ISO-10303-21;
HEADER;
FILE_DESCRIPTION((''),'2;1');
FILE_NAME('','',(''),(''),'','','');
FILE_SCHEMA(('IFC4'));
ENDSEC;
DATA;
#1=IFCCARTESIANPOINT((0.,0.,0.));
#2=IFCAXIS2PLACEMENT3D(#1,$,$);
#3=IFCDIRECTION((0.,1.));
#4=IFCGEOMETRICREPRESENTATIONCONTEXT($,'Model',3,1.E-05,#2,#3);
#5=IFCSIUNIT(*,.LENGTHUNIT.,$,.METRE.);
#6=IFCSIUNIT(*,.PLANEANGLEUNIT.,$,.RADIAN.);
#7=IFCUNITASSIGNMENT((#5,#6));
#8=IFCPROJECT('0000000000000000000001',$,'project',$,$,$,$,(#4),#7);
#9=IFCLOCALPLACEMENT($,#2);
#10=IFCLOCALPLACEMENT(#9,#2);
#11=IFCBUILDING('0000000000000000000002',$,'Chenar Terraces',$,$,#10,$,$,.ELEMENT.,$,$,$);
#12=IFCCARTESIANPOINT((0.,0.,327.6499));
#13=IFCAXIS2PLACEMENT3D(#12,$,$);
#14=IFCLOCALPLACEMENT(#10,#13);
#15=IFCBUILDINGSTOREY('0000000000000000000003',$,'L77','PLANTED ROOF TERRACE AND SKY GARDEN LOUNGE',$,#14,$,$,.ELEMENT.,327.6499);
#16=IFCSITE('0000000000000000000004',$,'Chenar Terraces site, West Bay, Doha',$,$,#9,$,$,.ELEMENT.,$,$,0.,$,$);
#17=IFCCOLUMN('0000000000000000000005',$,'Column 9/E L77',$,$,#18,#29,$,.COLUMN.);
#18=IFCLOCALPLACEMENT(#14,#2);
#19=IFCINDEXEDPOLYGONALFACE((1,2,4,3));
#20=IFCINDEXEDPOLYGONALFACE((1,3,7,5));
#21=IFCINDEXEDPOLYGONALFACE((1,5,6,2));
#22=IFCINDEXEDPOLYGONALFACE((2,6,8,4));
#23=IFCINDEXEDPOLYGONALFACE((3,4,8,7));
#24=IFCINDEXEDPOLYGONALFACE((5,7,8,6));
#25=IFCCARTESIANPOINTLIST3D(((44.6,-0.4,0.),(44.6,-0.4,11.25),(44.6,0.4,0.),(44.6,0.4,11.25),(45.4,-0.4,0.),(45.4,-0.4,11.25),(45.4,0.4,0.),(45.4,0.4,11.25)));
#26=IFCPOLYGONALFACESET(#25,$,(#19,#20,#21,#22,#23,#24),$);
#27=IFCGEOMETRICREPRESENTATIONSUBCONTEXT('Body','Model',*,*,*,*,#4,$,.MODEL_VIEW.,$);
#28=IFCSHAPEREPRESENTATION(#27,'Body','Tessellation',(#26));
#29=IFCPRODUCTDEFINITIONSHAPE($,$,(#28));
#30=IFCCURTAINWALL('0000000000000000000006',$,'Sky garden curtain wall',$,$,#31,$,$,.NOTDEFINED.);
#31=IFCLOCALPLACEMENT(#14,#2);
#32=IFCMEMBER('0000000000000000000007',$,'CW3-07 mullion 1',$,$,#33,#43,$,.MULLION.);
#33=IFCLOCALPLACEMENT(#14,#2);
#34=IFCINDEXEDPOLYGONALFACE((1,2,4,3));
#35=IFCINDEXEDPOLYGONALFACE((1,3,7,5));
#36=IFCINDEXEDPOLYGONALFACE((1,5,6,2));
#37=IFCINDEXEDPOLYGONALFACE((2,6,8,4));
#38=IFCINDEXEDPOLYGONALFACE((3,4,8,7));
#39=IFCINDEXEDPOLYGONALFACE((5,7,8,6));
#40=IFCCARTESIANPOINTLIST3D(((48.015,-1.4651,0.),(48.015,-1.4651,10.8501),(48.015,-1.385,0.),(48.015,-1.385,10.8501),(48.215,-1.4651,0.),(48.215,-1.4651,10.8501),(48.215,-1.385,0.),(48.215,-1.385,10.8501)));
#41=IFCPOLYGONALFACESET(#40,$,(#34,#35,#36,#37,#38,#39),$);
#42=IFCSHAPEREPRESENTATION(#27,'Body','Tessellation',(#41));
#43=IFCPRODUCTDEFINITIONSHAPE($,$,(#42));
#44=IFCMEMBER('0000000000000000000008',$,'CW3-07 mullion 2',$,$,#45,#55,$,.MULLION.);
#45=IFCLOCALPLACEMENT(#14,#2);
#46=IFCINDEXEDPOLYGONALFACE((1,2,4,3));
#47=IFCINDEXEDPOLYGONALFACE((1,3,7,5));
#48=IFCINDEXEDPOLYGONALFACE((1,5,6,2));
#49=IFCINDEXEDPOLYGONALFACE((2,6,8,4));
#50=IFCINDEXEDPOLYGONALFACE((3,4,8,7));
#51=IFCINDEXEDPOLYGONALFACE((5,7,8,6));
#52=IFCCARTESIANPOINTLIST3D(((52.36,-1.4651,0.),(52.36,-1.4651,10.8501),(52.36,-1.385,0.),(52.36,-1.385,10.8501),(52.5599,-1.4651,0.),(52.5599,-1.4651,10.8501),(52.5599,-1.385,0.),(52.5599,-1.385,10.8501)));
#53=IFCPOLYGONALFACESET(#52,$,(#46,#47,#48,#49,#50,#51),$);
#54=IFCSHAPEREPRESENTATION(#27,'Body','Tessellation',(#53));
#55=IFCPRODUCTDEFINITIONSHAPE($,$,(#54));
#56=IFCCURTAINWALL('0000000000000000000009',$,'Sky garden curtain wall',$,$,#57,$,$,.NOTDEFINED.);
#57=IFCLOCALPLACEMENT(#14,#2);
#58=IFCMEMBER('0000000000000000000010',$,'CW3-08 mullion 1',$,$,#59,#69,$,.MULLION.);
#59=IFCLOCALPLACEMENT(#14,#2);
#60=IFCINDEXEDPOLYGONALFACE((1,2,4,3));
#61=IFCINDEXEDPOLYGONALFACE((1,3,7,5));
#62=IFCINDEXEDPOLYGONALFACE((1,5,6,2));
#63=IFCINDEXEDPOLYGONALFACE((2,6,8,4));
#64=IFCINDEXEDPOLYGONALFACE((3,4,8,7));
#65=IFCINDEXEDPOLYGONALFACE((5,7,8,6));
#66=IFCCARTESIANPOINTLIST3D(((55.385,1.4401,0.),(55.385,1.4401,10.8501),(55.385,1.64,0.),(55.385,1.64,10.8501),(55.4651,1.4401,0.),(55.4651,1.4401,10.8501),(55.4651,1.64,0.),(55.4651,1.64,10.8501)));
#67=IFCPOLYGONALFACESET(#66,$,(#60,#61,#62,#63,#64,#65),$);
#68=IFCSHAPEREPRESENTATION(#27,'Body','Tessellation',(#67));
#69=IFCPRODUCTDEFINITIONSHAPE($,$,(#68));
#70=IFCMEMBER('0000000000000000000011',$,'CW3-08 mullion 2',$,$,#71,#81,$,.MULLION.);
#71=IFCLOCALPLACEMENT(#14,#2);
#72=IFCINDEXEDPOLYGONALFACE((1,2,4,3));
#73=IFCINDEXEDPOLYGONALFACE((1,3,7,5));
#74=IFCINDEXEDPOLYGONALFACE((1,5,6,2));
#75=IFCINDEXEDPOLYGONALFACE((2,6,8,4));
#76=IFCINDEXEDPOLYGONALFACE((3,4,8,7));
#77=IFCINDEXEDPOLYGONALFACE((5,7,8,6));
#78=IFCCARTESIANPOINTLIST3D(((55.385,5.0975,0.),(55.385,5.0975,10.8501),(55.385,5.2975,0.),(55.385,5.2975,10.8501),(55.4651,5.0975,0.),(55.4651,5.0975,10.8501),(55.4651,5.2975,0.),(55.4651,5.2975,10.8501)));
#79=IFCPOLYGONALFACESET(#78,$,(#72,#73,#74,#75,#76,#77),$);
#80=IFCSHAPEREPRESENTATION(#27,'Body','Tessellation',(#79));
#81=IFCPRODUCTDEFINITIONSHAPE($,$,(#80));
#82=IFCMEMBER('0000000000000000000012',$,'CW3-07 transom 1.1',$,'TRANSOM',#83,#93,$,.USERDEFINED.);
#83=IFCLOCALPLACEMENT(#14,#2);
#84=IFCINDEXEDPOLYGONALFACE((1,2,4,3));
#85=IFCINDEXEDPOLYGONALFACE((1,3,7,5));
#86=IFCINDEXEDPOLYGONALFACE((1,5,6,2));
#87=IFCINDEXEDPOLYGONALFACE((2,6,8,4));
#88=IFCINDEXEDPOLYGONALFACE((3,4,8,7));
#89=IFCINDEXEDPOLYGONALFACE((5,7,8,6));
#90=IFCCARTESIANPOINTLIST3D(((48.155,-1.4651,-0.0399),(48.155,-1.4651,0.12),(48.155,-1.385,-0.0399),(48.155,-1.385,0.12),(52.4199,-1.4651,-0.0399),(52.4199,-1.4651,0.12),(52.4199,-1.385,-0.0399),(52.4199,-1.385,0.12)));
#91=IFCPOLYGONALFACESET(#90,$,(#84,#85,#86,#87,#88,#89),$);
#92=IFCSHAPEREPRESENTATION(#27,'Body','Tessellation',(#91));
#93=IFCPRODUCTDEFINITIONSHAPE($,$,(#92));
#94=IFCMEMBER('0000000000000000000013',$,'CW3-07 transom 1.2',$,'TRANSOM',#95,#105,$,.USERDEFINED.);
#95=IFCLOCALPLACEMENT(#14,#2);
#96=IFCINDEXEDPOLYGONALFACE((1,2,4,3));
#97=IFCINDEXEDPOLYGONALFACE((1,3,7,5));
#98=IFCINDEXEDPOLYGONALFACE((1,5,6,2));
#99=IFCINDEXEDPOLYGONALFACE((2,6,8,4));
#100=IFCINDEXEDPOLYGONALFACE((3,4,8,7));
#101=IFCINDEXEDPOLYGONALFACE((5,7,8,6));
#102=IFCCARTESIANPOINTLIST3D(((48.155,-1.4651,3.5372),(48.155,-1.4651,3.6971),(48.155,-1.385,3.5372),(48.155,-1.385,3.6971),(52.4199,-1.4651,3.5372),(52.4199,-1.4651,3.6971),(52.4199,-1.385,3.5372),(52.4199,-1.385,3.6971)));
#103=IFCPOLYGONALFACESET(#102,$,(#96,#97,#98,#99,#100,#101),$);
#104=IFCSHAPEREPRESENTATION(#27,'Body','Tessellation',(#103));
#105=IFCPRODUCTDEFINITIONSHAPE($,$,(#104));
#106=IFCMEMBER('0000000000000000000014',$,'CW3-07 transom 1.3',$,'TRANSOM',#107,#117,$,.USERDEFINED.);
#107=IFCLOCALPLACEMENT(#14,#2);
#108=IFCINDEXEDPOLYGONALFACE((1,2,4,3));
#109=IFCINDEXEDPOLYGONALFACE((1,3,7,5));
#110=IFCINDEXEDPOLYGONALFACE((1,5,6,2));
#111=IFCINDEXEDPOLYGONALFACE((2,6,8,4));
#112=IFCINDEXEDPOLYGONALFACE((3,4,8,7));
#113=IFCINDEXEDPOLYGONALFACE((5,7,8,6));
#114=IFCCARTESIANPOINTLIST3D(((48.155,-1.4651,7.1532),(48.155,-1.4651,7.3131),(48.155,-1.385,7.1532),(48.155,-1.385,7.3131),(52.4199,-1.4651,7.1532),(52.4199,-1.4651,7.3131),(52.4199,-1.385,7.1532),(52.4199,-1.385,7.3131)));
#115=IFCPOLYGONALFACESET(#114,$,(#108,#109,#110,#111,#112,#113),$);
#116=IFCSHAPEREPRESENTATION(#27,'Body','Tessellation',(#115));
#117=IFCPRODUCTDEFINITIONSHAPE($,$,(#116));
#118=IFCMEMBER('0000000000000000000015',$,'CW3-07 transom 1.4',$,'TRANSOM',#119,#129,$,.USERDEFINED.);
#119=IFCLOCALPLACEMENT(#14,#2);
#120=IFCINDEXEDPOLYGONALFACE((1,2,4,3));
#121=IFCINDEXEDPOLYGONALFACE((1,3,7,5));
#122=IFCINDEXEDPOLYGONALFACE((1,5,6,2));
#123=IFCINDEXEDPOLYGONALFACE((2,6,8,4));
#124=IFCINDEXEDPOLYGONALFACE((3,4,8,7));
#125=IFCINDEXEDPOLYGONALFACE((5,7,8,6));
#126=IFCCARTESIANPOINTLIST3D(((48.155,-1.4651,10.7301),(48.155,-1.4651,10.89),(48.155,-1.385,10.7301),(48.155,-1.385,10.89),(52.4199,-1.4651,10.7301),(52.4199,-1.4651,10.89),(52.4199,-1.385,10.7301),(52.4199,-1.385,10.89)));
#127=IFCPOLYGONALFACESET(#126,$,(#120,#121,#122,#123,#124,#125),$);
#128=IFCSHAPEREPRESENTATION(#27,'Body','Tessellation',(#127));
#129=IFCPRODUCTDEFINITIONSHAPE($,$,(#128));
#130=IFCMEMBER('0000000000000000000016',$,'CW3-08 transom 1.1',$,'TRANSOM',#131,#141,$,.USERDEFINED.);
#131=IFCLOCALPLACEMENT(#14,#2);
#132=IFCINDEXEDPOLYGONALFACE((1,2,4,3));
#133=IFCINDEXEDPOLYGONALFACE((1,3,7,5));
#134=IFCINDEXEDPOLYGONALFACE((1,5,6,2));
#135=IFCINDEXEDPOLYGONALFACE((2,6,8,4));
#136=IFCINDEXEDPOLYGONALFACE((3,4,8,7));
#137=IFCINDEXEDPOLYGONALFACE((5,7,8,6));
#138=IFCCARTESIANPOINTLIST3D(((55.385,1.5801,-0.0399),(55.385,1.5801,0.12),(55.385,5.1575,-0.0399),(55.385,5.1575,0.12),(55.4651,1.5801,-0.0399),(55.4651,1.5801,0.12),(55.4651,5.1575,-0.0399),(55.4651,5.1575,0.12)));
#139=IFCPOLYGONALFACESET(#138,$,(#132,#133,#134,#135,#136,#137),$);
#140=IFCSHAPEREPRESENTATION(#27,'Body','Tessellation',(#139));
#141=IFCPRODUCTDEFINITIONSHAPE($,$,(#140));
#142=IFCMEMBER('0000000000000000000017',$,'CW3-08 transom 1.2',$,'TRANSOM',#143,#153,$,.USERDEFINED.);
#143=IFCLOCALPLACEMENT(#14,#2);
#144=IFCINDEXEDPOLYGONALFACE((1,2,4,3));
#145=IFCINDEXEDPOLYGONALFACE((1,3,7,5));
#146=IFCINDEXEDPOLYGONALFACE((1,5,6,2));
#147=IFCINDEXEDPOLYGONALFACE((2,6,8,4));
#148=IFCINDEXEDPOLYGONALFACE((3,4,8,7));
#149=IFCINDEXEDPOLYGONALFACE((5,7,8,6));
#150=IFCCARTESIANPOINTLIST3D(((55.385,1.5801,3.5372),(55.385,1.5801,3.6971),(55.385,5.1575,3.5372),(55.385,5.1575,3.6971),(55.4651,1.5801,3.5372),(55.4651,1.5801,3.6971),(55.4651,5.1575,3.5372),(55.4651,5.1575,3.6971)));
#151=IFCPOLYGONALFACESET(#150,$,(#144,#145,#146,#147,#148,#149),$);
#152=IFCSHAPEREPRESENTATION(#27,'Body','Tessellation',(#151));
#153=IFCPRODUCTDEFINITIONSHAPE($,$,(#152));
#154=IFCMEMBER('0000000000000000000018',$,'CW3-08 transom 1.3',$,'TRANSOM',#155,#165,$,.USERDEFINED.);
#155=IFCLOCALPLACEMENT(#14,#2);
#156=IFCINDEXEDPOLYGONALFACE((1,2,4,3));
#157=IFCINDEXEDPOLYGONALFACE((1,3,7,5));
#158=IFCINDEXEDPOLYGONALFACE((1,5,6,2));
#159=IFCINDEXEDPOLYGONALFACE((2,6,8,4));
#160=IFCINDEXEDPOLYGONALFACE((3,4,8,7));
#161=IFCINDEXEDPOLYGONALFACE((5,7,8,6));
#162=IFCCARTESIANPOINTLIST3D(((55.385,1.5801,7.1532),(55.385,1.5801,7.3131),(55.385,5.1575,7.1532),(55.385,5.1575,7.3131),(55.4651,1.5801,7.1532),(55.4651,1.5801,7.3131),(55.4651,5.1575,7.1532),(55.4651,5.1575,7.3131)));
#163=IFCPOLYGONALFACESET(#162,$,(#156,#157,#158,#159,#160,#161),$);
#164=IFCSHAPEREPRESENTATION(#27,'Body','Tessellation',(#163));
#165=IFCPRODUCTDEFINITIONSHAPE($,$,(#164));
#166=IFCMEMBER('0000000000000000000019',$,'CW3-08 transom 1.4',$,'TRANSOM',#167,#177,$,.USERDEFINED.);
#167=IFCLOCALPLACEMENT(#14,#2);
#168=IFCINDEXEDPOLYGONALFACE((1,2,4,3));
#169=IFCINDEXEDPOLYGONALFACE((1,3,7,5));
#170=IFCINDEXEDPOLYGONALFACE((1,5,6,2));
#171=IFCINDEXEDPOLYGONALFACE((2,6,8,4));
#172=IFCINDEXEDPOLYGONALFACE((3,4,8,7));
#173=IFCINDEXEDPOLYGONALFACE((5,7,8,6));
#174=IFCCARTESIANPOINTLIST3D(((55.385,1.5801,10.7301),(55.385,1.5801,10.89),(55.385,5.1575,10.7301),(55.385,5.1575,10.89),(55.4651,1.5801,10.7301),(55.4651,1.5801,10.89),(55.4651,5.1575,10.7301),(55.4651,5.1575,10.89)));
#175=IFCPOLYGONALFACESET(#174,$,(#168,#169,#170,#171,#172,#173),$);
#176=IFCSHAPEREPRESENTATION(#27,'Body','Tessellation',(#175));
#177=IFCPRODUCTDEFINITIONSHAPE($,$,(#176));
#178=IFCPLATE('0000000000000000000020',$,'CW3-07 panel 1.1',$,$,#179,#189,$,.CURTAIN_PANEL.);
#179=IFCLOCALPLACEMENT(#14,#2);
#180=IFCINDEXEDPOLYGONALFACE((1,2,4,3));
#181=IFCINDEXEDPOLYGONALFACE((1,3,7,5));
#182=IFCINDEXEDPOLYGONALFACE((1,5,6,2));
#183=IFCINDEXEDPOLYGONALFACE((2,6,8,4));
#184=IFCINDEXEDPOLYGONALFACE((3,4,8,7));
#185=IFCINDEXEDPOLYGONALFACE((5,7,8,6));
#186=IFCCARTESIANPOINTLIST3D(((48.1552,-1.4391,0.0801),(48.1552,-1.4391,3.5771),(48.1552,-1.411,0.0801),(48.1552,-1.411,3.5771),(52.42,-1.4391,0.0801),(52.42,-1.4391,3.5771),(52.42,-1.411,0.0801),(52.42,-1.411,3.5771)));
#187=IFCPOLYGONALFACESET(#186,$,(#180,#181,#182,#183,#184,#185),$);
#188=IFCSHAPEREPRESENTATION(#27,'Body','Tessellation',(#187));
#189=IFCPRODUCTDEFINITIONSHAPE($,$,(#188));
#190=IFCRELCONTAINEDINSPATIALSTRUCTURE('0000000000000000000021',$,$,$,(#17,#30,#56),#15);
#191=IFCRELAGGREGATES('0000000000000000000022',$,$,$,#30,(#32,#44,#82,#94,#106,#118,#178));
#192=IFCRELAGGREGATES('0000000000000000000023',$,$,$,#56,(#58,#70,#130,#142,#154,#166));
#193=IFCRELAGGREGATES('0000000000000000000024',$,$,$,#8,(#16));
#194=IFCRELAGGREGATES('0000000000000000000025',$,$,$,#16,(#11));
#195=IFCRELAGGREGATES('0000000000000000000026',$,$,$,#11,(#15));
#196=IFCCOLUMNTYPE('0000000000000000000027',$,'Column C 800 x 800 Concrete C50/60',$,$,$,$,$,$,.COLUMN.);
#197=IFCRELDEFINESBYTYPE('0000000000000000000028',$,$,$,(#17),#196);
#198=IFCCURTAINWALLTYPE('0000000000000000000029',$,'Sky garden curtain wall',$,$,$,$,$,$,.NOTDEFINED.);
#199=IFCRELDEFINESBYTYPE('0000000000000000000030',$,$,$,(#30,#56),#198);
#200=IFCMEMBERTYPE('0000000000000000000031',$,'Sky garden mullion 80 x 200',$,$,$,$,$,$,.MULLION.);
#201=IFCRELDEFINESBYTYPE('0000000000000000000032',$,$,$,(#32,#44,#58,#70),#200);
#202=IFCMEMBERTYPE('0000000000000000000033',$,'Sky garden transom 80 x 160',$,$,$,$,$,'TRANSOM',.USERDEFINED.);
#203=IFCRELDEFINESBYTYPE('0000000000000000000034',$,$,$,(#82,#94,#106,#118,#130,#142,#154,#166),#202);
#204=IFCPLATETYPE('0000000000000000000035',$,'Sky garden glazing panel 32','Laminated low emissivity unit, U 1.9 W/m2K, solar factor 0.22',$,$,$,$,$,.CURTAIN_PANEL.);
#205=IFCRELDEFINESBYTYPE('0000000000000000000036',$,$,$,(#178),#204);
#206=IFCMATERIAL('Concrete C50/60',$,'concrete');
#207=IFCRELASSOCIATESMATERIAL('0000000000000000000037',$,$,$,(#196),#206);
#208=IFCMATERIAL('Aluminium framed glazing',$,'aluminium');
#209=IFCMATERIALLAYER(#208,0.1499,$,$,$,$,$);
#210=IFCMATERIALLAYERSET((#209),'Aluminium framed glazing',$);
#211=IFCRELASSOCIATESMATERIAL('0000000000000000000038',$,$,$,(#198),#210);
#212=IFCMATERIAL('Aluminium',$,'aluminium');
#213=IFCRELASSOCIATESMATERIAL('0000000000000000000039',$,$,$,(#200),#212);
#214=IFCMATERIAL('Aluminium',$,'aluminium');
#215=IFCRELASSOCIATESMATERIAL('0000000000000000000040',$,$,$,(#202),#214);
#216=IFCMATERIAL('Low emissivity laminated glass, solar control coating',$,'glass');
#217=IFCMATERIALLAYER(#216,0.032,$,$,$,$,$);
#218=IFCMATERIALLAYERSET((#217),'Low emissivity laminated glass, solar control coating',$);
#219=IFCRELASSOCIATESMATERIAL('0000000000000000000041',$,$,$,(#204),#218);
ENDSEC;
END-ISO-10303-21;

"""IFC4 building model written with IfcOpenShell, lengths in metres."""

from ifc_helpers import new_model, si_unit, direction, frame, origin, origin_2d, place, context, subcontext, project, spatial, rectangle, extrude, material, layer, layer_set, material_profile, profile_set, type_object, element, aggregate, save


model = new_model("IFC4")

# Units and contexts
model_context = context("Model", 3, precision=1e-05, world=origin(), true_north=direction((0.0, 1.0)))
body_context = subcontext(model_context, "Body", "Model", "MODEL_VIEW")
ifc_project = project(units=[si_unit("LENGTHUNIT", "METRE"), si_unit("PLANEANGLEUNIT", "RADIAN")], contexts=[model_context])

# Site, building, storey
site_placement = place(None, origin())
site = spatial("IfcSite", under=ifc_project, at=site_placement, Name="Chenar Terraces site, West Bay, Doha", CompositionType="ELEMENT", RefElevation=0.0)
building_placement = place(site_placement, origin())
building = spatial("IfcBuilding", under=site, at=building_placement, Name="Chenar Terraces", CompositionType="ELEMENT")
storey_placement = place(building_placement, frame((0.0, 0.0, 327.6499)))
storey = spatial("IfcBuildingStorey", under=building, at=storey_placement, Name="L77", Description="PLANTED ROOF TERRACE AND SKY GARDEN LOUNGE", CompositionType="ELEMENT", Elevation=327.6499)

# Column
ifc_material_1 = material(Name="Concrete C50/60", Category="concrete")
ifc_material_profile_1 = material_profile(ifc_material_1, rectangle(XDim=0.8, YDim=0.8, at=origin_2d()), Name="C 800 x 800")
ifc_profile_set_1 = profile_set([ifc_material_profile_1], Name="Concrete C50/60")
column_type = type_object("IfcColumnType", Name="Column C 800 x 800 Concrete C50/60", PredefinedType="COLUMN", material=ifc_profile_set_1)
column_placement = place(storey_placement, frame((45.0, 0.0, 0.0), z_axis=(0.0, 0.0, 1.0), x_axis=(1.0, 0.0, 0.0)))
element("IfcColumn", 1, at=column_placement, inside=storey, type_object=column_type, Name="Column 9/E L77", PredefinedType="COLUMN", context=body_context, shape_type="SweptSolid", body=[
    extrude(rectangle(XDim=0.8, YDim=0.8, at=origin_2d()), origin(), (0.0, 0.0, 1.0), 11.25),
])

# Curtain walls, members
ifc_material_2 = material(Name="Aluminium framed glazing", Category="aluminium")
ifc_layer_1 = layer(ifc_material_2, 0.1499)
ifc_layer_set_1 = layer_set([ifc_layer_1], Name="Aluminium framed glazing")
curtain_wall_type = type_object("IfcCurtainWallType", Name="Sky garden curtain wall", PredefinedType="NOTDEFINED", material=ifc_layer_set_1)
placement = place(storey_placement, origin())
curtain_wall_1 = element("IfcCurtainWall", 2, at=placement, inside=storey, type_object=curtain_wall_type, Name="Sky garden curtain wall", PredefinedType="NOTDEFINED")
ifc_material_3 = material(Name="Aluminium", Category="aluminium")
ifc_material_profile_2 = material_profile(ifc_material_3, rectangle(XDim=0.0801, YDim=0.2, at=origin_2d()), Name="Sky garden mullion 80 x 200")
ifc_profile_set_2 = profile_set([ifc_material_profile_2], Name="Aluminium")
member_type_1 = type_object("IfcMemberType", Name="Sky garden mullion 80 x 200", PredefinedType="MULLION", material=ifc_profile_set_2)
member_1_placement = place(storey_placement, frame((48.115, -1.425, 0.0), z_axis=(0.0, 0.0, 1.0), x_axis=(0.0, 1.0, 0.0)))
member_1 = element("IfcMember", 3, at=member_1_placement, type_object=member_type_1, Name="CW3-07 mullion 1", PredefinedType="MULLION", context=body_context, shape_type="SweptSolid", body=[
    extrude(rectangle(XDim=0.0801, YDim=0.2, at=origin_2d()), origin(), (0.0, 0.0, 1.0), 10.8501),
])
member_2_placement = place(storey_placement, frame((52.46, -1.425, 0.0), z_axis=(0.0, 0.0, 1.0), x_axis=(0.0, 1.0, 0.0)))
member_2 = element("IfcMember", 4, at=member_2_placement, type_object=member_type_1, Name="CW3-07 mullion 2", PredefinedType="MULLION", context=body_context, shape_type="SweptSolid", body=[
    extrude(rectangle(XDim=0.0801, YDim=0.2, at=origin_2d()), origin(), (0.0, 0.0, 1.0), 10.8501),
])
curtain_wall_2 = element("IfcCurtainWall", 5, at=placement, inside=storey, type_object=curtain_wall_type, Name="Sky garden curtain wall", PredefinedType="NOTDEFINED")
member_3_placement = place(storey_placement, frame((55.425, 1.54, 0.0), z_axis=(0.0, 0.0, 1.0), x_axis=(-1.0, 0.0, 0.0)))
member_3 = element("IfcMember", 6, at=member_3_placement, type_object=member_type_1, Name="CW3-08 mullion 1", PredefinedType="MULLION", context=body_context, shape_type="SweptSolid", body=[
    extrude(rectangle(XDim=0.0801, YDim=0.2, at=origin_2d()), origin(), (0.0, 0.0, 1.0), 10.8501),
])
member_4_placement = place(storey_placement, frame((55.425, 5.1975, 0.0), z_axis=(0.0, 0.0, 1.0), x_axis=(-1.0, 0.0, 0.0)))
member_4 = element("IfcMember", 7, at=member_4_placement, type_object=member_type_1, Name="CW3-08 mullion 2", PredefinedType="MULLION", context=body_context, shape_type="SweptSolid", body=[
    extrude(rectangle(XDim=0.0801, YDim=0.2, at=origin_2d()), origin(), (0.0, 0.0, 1.0), 10.8501),
])

# Members
ifc_material_4 = material(Name="Aluminium", Category="aluminium")
ifc_material_profile_3 = material_profile(ifc_material_4, rectangle(XDim=0.0801, YDim=0.1599, at=origin_2d()), Name="Sky garden transom 80 x 160")
ifc_profile_set_3 = profile_set([ifc_material_profile_3], Name="Aluminium")
member_type_2 = type_object("IfcMemberType", Name="Sky garden transom 80 x 160", ElementType="TRANSOM", PredefinedType="USERDEFINED", material=ifc_profile_set_3)
member_5_placement = place(storey_placement, frame((48.155, -1.425, 0.04), z_axis=(1.0, 0.0, 0.0), x_axis=(0.0, 1.0, 0.0)))
member_5 = element("IfcMember", 8, at=member_5_placement, type_object=member_type_2, Name="CW3-07 transom 1.1", ObjectType="TRANSOM", PredefinedType="USERDEFINED", context=body_context, shape_type="SweptSolid", body=[
    extrude(rectangle(XDim=0.0801, YDim=0.1599, at=origin_2d()), origin(), (0.0, 0.0, 1.0), 4.2649),
])
member_6_placement = place(storey_placement, frame((48.155, -1.425, 3.6172), z_axis=(1.0, 0.0, 0.0), x_axis=(0.0, 1.0, 0.0)))
member_6 = element("IfcMember", 9, at=member_6_placement, type_object=member_type_2, Name="CW3-07 transom 1.2", ObjectType="TRANSOM", PredefinedType="USERDEFINED", context=body_context, shape_type="SweptSolid", body=[
    extrude(rectangle(XDim=0.0801, YDim=0.1599, at=origin_2d()), origin(), (0.0, 0.0, 1.0), 4.2649),
])
member_7_placement = place(storey_placement, frame((48.155, -1.425, 7.2332), z_axis=(1.0, 0.0, 0.0), x_axis=(0.0, 1.0, 0.0)))
member_7 = element("IfcMember", 10, at=member_7_placement, type_object=member_type_2, Name="CW3-07 transom 1.3", ObjectType="TRANSOM", PredefinedType="USERDEFINED", context=body_context, shape_type="SweptSolid", body=[
    extrude(rectangle(XDim=0.0801, YDim=0.1599, at=origin_2d()), origin(), (0.0, 0.0, 1.0), 4.2649),
])
member_8_placement = place(storey_placement, frame((48.155, -1.425, 10.8101), z_axis=(1.0, 0.0, 0.0), x_axis=(0.0, 1.0, 0.0)))
member_8 = element("IfcMember", 11, at=member_8_placement, type_object=member_type_2, Name="CW3-07 transom 1.4", ObjectType="TRANSOM", PredefinedType="USERDEFINED", context=body_context, shape_type="SweptSolid", body=[
    extrude(rectangle(XDim=0.0801, YDim=0.1599, at=origin_2d()), origin(), (0.0, 0.0, 1.0), 4.2649),
])
member_9_placement = place(storey_placement, frame((55.425, 1.5801, 0.04), z_axis=(0.0, 1.0, 0.0), x_axis=(-1.0, 0.0, 0.0)))
member_9 = element("IfcMember", 12, at=member_9_placement, type_object=member_type_2, Name="CW3-08 transom 1.1", ObjectType="TRANSOM", PredefinedType="USERDEFINED", context=body_context, shape_type="SweptSolid", body=[
    extrude(rectangle(XDim=0.0801, YDim=0.1599, at=origin_2d()), origin(), (0.0, 0.0, 1.0), 3.5774),
])
member_10_placement = place(storey_placement, frame((55.425, 1.5801, 3.6172), z_axis=(0.0, 1.0, 0.0), x_axis=(-1.0, 0.0, 0.0)))
member_10 = element("IfcMember", 13, at=member_10_placement, type_object=member_type_2, Name="CW3-08 transom 1.2", ObjectType="TRANSOM", PredefinedType="USERDEFINED", context=body_context, shape_type="SweptSolid", body=[
    extrude(rectangle(XDim=0.0801, YDim=0.1599, at=origin_2d()), origin(), (0.0, 0.0, 1.0), 3.5774),
])
member_11_placement = place(storey_placement, frame((55.425, 1.5801, 7.2332), z_axis=(0.0, 1.0, 0.0), x_axis=(-1.0, 0.0, 0.0)))
member_11 = element("IfcMember", 14, at=member_11_placement, type_object=member_type_2, Name="CW3-08 transom 1.3", ObjectType="TRANSOM", PredefinedType="USERDEFINED", context=body_context, shape_type="SweptSolid", body=[
    extrude(rectangle(XDim=0.0801, YDim=0.1599, at=origin_2d()), origin(), (0.0, 0.0, 1.0), 3.5774),
])
member_12_placement = place(storey_placement, frame((55.425, 1.5801, 10.8101), z_axis=(0.0, 1.0, 0.0), x_axis=(-1.0, 0.0, 0.0)))
member_12 = element("IfcMember", 15, at=member_12_placement, type_object=member_type_2, Name="CW3-08 transom 1.4", ObjectType="TRANSOM", PredefinedType="USERDEFINED", context=body_context, shape_type="SweptSolid", body=[
    extrude(rectangle(XDim=0.0801, YDim=0.1599, at=origin_2d()), origin(), (0.0, 0.0, 1.0), 3.5774),
])

# Plate
ifc_material_5 = material(Name="Low emissivity laminated glass, solar control coating", Category="glass")
ifc_layer_2 = layer(ifc_material_5, 0.032)
ifc_layer_set_2 = layer_set([ifc_layer_2], Name="Low emissivity laminated glass, solar control coating")
plate_type = type_object("IfcPlateType", Name="Sky garden glazing panel 32", Description="Laminated low emissivity unit, U 1.9 W/m2K, solar factor 0.22", PredefinedType="CURTAIN_PANEL", material=ifc_layer_set_2)
plate_1_placement = place(storey_placement, frame((50.2876, -1.425, 0.0801), z_axis=(0.0, 0.0, 1.0), x_axis=(1.0, 0.0, 0.0)))
plate_1 = element("IfcPlate", 16, at=plate_1_placement, type_object=plate_type, Name="CW3-07 panel 1.1", PredefinedType="CURTAIN_PANEL", context=body_context, shape_type="SweptSolid", body=[
    extrude(rectangle(XDim=4.2649, YDim=0.0281, at=origin_2d()), origin(), (0.0, 0.0, 1.0), 3.4971),
])
aggregate(curtain_wall_1, [member_1, member_2, member_5, member_6, member_7, member_8, plate_1])
aggregate(curtain_wall_2, [member_3, member_4, member_9, member_10, member_11, member_12])

save(model, "model.ifc")
